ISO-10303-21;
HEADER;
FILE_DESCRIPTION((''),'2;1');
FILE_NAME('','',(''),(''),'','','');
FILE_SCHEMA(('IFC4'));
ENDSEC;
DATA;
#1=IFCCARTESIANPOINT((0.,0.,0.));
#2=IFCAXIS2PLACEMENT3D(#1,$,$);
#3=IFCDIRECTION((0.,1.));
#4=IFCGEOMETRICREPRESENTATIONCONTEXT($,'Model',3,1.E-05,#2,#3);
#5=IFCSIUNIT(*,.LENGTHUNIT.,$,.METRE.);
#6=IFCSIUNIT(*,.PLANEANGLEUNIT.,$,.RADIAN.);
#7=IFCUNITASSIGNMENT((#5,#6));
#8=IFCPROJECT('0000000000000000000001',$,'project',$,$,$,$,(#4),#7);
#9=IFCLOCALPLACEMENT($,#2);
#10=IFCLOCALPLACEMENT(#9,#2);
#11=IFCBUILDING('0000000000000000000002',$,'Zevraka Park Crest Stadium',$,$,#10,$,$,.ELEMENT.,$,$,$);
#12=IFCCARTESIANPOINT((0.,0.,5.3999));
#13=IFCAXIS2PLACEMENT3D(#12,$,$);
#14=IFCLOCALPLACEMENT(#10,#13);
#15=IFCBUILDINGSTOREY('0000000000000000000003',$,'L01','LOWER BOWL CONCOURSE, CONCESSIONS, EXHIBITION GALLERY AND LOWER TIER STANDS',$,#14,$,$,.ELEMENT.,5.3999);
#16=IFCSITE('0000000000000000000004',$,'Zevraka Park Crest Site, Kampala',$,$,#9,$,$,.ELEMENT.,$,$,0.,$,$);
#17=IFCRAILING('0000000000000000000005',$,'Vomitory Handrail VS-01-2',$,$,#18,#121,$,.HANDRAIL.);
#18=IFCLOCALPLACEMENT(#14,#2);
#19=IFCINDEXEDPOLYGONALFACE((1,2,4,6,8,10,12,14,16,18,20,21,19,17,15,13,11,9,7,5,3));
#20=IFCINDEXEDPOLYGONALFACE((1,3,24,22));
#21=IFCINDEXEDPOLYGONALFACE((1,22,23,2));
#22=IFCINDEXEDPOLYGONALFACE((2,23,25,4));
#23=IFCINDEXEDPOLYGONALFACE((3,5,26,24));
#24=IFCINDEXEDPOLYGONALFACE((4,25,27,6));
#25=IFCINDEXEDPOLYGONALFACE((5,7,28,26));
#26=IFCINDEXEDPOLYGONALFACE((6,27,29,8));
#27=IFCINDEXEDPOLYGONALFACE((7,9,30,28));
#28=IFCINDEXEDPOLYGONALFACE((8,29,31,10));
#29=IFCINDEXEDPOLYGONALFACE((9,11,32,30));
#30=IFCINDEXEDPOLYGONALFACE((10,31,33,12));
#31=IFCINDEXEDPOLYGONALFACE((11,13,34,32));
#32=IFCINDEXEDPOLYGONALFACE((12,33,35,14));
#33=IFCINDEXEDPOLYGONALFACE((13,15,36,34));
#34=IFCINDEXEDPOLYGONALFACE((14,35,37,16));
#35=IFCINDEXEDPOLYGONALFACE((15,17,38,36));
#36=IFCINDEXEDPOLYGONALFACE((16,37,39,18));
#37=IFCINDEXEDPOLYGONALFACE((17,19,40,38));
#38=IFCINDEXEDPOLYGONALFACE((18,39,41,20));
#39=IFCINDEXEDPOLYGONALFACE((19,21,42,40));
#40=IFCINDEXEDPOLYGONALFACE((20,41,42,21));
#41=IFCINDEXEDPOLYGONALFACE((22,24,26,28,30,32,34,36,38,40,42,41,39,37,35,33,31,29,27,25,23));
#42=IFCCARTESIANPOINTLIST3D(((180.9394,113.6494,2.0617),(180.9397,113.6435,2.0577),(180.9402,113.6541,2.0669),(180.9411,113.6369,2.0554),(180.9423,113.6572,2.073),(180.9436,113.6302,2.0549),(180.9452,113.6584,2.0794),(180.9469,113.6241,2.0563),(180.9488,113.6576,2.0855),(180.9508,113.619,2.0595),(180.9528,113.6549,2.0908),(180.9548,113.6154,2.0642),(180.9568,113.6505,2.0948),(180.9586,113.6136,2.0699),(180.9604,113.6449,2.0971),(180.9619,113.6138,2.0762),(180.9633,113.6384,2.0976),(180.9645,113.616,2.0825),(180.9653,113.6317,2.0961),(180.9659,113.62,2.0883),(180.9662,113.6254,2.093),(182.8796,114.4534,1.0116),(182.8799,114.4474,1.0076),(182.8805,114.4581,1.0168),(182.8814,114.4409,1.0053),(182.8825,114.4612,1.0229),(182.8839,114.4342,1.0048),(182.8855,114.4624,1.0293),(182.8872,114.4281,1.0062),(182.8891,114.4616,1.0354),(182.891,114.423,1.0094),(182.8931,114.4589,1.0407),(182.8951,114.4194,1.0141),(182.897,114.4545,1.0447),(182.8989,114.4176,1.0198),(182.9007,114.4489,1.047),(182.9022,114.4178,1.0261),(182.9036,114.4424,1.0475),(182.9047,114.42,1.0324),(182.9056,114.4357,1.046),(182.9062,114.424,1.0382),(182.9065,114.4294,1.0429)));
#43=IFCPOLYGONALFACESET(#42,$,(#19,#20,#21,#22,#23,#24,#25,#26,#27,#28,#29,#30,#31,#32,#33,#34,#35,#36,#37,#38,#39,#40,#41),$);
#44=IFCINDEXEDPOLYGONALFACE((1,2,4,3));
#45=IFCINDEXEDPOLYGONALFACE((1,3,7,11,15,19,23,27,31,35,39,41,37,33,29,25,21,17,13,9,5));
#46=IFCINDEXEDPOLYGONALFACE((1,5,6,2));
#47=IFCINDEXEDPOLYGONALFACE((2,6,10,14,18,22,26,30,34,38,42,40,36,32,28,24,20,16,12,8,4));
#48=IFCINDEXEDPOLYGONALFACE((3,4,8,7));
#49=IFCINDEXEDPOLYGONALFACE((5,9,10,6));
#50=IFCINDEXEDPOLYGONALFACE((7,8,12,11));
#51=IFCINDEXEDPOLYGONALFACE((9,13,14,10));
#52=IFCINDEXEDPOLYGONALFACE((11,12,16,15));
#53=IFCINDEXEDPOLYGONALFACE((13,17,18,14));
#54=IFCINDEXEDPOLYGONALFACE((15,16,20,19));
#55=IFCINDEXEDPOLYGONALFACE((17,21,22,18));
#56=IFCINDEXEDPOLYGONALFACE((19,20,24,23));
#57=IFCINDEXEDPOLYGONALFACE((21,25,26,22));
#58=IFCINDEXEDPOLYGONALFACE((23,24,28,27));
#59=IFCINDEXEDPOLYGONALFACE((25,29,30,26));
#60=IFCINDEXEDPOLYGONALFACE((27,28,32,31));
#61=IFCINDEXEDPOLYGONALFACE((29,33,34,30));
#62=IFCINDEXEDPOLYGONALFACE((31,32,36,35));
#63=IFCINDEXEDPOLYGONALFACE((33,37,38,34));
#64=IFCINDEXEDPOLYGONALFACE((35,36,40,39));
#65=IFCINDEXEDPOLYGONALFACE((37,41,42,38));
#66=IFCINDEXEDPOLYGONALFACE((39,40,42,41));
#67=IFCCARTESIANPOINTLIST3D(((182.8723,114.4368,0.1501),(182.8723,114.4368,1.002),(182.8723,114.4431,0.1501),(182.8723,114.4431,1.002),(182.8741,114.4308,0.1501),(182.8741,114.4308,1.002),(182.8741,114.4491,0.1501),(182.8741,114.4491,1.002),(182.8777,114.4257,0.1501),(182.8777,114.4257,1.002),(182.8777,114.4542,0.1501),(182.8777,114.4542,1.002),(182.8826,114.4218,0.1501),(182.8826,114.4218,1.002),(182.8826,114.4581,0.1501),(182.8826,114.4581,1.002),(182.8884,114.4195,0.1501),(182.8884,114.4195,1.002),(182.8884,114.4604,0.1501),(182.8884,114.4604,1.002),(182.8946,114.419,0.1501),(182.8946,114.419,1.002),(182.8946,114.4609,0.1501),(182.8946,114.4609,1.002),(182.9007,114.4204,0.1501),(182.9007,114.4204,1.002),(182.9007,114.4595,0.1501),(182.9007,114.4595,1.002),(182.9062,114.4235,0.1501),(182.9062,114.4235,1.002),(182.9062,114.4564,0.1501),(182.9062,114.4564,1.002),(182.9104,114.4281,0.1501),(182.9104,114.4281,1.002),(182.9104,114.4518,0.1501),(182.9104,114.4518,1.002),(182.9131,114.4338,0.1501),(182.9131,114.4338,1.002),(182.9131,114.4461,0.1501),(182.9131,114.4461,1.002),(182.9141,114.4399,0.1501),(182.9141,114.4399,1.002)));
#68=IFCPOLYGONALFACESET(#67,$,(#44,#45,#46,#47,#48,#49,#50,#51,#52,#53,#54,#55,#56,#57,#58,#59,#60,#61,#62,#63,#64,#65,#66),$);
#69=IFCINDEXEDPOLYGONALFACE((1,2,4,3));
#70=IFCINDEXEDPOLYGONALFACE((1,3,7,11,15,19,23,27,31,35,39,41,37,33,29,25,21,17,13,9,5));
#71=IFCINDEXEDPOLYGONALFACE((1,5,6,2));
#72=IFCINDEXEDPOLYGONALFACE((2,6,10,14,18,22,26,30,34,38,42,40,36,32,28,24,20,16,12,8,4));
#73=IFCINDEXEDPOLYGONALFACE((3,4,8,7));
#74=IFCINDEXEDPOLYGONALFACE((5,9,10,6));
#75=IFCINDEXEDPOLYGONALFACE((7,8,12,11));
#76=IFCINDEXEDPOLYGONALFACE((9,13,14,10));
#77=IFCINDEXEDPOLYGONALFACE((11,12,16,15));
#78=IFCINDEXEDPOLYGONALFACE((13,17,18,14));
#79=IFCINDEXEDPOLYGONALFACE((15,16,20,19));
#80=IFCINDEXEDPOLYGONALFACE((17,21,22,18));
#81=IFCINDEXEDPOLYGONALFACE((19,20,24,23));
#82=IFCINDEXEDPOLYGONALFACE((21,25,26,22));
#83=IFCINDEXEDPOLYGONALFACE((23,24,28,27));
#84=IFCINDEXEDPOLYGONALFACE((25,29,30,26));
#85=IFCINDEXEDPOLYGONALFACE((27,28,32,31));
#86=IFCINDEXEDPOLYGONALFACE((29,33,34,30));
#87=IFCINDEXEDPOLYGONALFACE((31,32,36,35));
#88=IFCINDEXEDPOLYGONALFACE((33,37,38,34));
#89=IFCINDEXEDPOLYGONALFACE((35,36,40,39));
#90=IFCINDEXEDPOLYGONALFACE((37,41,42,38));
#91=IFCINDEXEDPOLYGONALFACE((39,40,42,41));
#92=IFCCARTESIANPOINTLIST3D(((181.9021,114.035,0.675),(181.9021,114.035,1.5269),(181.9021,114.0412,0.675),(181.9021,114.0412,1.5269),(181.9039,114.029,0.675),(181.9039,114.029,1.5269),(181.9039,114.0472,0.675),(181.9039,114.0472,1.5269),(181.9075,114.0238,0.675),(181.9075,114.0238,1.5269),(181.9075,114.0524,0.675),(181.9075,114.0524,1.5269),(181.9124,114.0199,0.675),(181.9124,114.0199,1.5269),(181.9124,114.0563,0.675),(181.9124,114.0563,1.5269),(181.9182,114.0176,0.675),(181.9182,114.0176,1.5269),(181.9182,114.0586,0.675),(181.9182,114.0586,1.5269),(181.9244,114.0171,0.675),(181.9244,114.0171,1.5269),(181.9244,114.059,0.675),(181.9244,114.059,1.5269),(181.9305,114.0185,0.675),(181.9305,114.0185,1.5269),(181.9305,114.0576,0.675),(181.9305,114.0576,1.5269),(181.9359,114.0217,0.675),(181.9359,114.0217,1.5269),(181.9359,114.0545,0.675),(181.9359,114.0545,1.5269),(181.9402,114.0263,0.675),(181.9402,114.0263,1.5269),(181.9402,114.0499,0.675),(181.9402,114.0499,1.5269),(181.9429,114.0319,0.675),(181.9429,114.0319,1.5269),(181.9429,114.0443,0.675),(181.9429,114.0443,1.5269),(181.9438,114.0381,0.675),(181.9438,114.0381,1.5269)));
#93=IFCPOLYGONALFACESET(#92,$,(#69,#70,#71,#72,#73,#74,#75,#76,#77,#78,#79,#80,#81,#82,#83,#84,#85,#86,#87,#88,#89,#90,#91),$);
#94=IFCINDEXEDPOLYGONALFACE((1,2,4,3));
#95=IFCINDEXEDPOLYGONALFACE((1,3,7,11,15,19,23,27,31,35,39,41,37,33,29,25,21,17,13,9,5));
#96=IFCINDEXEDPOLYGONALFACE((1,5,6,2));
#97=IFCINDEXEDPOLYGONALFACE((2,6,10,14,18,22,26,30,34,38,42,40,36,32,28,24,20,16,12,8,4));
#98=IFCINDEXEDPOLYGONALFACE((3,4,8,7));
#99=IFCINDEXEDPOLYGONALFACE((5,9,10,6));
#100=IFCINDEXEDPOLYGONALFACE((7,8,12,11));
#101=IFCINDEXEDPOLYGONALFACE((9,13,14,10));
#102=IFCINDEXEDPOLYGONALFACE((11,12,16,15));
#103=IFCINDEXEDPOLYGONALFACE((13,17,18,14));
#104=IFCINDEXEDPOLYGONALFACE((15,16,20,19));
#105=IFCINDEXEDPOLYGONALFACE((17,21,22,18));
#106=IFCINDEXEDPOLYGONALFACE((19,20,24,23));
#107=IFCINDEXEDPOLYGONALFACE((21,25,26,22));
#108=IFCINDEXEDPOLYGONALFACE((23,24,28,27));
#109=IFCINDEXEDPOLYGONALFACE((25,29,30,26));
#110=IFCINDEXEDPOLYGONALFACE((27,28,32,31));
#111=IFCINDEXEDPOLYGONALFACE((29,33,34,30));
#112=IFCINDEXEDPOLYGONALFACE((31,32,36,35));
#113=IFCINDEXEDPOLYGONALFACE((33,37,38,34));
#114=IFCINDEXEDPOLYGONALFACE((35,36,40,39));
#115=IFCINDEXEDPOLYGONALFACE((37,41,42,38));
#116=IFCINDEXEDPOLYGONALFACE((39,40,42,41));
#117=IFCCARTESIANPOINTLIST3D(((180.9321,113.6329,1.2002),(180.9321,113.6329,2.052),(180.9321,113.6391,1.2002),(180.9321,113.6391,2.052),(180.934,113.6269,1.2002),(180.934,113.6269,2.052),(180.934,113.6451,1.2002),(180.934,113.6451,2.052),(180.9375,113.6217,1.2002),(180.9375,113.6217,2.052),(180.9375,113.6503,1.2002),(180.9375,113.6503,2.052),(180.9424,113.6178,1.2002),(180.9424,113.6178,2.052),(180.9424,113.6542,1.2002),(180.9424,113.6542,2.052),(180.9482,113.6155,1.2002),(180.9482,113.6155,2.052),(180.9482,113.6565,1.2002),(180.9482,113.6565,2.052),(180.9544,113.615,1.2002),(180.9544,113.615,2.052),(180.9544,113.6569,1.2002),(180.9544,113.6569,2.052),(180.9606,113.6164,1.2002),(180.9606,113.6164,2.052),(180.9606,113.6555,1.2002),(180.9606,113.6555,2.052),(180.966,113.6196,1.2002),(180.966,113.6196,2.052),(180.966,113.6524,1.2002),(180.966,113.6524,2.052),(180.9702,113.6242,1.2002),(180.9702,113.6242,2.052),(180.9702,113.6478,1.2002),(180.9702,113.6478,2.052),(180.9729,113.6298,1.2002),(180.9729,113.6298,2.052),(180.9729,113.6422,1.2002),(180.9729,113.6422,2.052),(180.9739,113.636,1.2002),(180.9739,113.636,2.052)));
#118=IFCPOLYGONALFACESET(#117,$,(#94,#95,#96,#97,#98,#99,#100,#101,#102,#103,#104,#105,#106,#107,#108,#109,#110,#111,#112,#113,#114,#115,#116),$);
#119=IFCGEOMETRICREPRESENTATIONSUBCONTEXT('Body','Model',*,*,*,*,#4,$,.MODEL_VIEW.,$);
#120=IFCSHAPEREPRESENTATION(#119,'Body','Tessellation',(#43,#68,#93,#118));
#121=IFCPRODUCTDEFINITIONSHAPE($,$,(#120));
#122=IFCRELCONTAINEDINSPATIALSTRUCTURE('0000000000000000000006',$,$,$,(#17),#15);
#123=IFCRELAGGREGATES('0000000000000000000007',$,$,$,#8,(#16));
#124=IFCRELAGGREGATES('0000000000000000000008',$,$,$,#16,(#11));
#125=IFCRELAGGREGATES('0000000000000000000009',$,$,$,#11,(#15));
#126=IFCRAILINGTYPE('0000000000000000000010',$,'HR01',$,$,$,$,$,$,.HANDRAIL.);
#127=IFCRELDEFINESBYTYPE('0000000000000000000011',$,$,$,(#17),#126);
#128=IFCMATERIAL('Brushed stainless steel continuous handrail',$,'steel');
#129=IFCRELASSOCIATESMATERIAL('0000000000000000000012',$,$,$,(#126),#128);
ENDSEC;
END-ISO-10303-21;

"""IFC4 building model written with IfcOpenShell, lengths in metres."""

from ifc_helpers import new_model, si_unit, direction, frame, origin, origin_2d, place, context, subcontext, project, spatial, circle, extrude, material, type_object, element, save


model = new_model("IFC4")

# Units and contexts
model_context = context("Model", 3, precision=1e-05, world=origin(), true_north=direction((0.0, 1.0)))
body_context = subcontext(model_context, "Body", "Model", "MODEL_VIEW")
ifc_project = project(units=[si_unit("LENGTHUNIT", "METRE"), si_unit("PLANEANGLEUNIT", "RADIAN")], contexts=[model_context])

# Site, building, storey
site_placement = place(None, origin())
site = spatial("IfcSite", under=ifc_project, at=site_placement, Name="Zevraka Park Crest Site, Kampala", CompositionType="ELEMENT", RefElevation=0.0)
building_placement = place(site_placement, origin())
building = spatial("IfcBuilding", under=site, at=building_placement, Name="Zevraka Park Crest Stadium", CompositionType="ELEMENT")
storey_placement = place(building_placement, frame((0.0, 0.0, 5.3999)))
storey = spatial("IfcBuildingStorey", under=building, at=storey_placement, Name="L01", Description="LOWER BOWL CONCOURSE, CONCESSIONS, EXHIBITION GALLERY AND LOWER TIER STANDS", CompositionType="ELEMENT", Elevation=5.3999)

# Railing
ifc_material_1 = material(Name="Brushed stainless steel continuous handrail", Category="steel")
railing_type_1 = type_object("IfcRailingType", Name="HR01", PredefinedType="HANDRAIL", material=ifc_material_1)
railing_1_placement = place(storey_placement, frame((182.8931, 114.4399, 0.1501)))
element("IfcRailing", 1, at=railing_1_placement, inside=storey, type_object=railing_type_1, Name="Vomitory Handrail VS-01-2", PredefinedType="HANDRAIL", context=body_context, shape_type="SweptSolid", body=[
    extrude(circle(Radius=0.0239, at=origin_2d()), frame((0.0, 0.0, 0.876), z_axis=(-0.826302, -0.342395, 0.447203), x_axis=(0.382807, -0.923828, 0.0)), (0.0, 0.0, 1.0), 2.3481),
    extrude(circle(Radius=0.021, at=origin_2d()), origin(), (0.0, 0.0, 1.0), 0.8518),
    extrude(circle(Radius=0.021, at=origin_2d()), frame((-0.9702, -0.4019, 0.5249)), (0.0, 0.0, 1.0), 0.8518),
    extrude(circle(Radius=0.021, at=origin_2d()), frame((-1.9402, -0.804, 1.05)), (0.0, 0.0, 1.0), 0.8518),
])

save(model, "model.ifc")
